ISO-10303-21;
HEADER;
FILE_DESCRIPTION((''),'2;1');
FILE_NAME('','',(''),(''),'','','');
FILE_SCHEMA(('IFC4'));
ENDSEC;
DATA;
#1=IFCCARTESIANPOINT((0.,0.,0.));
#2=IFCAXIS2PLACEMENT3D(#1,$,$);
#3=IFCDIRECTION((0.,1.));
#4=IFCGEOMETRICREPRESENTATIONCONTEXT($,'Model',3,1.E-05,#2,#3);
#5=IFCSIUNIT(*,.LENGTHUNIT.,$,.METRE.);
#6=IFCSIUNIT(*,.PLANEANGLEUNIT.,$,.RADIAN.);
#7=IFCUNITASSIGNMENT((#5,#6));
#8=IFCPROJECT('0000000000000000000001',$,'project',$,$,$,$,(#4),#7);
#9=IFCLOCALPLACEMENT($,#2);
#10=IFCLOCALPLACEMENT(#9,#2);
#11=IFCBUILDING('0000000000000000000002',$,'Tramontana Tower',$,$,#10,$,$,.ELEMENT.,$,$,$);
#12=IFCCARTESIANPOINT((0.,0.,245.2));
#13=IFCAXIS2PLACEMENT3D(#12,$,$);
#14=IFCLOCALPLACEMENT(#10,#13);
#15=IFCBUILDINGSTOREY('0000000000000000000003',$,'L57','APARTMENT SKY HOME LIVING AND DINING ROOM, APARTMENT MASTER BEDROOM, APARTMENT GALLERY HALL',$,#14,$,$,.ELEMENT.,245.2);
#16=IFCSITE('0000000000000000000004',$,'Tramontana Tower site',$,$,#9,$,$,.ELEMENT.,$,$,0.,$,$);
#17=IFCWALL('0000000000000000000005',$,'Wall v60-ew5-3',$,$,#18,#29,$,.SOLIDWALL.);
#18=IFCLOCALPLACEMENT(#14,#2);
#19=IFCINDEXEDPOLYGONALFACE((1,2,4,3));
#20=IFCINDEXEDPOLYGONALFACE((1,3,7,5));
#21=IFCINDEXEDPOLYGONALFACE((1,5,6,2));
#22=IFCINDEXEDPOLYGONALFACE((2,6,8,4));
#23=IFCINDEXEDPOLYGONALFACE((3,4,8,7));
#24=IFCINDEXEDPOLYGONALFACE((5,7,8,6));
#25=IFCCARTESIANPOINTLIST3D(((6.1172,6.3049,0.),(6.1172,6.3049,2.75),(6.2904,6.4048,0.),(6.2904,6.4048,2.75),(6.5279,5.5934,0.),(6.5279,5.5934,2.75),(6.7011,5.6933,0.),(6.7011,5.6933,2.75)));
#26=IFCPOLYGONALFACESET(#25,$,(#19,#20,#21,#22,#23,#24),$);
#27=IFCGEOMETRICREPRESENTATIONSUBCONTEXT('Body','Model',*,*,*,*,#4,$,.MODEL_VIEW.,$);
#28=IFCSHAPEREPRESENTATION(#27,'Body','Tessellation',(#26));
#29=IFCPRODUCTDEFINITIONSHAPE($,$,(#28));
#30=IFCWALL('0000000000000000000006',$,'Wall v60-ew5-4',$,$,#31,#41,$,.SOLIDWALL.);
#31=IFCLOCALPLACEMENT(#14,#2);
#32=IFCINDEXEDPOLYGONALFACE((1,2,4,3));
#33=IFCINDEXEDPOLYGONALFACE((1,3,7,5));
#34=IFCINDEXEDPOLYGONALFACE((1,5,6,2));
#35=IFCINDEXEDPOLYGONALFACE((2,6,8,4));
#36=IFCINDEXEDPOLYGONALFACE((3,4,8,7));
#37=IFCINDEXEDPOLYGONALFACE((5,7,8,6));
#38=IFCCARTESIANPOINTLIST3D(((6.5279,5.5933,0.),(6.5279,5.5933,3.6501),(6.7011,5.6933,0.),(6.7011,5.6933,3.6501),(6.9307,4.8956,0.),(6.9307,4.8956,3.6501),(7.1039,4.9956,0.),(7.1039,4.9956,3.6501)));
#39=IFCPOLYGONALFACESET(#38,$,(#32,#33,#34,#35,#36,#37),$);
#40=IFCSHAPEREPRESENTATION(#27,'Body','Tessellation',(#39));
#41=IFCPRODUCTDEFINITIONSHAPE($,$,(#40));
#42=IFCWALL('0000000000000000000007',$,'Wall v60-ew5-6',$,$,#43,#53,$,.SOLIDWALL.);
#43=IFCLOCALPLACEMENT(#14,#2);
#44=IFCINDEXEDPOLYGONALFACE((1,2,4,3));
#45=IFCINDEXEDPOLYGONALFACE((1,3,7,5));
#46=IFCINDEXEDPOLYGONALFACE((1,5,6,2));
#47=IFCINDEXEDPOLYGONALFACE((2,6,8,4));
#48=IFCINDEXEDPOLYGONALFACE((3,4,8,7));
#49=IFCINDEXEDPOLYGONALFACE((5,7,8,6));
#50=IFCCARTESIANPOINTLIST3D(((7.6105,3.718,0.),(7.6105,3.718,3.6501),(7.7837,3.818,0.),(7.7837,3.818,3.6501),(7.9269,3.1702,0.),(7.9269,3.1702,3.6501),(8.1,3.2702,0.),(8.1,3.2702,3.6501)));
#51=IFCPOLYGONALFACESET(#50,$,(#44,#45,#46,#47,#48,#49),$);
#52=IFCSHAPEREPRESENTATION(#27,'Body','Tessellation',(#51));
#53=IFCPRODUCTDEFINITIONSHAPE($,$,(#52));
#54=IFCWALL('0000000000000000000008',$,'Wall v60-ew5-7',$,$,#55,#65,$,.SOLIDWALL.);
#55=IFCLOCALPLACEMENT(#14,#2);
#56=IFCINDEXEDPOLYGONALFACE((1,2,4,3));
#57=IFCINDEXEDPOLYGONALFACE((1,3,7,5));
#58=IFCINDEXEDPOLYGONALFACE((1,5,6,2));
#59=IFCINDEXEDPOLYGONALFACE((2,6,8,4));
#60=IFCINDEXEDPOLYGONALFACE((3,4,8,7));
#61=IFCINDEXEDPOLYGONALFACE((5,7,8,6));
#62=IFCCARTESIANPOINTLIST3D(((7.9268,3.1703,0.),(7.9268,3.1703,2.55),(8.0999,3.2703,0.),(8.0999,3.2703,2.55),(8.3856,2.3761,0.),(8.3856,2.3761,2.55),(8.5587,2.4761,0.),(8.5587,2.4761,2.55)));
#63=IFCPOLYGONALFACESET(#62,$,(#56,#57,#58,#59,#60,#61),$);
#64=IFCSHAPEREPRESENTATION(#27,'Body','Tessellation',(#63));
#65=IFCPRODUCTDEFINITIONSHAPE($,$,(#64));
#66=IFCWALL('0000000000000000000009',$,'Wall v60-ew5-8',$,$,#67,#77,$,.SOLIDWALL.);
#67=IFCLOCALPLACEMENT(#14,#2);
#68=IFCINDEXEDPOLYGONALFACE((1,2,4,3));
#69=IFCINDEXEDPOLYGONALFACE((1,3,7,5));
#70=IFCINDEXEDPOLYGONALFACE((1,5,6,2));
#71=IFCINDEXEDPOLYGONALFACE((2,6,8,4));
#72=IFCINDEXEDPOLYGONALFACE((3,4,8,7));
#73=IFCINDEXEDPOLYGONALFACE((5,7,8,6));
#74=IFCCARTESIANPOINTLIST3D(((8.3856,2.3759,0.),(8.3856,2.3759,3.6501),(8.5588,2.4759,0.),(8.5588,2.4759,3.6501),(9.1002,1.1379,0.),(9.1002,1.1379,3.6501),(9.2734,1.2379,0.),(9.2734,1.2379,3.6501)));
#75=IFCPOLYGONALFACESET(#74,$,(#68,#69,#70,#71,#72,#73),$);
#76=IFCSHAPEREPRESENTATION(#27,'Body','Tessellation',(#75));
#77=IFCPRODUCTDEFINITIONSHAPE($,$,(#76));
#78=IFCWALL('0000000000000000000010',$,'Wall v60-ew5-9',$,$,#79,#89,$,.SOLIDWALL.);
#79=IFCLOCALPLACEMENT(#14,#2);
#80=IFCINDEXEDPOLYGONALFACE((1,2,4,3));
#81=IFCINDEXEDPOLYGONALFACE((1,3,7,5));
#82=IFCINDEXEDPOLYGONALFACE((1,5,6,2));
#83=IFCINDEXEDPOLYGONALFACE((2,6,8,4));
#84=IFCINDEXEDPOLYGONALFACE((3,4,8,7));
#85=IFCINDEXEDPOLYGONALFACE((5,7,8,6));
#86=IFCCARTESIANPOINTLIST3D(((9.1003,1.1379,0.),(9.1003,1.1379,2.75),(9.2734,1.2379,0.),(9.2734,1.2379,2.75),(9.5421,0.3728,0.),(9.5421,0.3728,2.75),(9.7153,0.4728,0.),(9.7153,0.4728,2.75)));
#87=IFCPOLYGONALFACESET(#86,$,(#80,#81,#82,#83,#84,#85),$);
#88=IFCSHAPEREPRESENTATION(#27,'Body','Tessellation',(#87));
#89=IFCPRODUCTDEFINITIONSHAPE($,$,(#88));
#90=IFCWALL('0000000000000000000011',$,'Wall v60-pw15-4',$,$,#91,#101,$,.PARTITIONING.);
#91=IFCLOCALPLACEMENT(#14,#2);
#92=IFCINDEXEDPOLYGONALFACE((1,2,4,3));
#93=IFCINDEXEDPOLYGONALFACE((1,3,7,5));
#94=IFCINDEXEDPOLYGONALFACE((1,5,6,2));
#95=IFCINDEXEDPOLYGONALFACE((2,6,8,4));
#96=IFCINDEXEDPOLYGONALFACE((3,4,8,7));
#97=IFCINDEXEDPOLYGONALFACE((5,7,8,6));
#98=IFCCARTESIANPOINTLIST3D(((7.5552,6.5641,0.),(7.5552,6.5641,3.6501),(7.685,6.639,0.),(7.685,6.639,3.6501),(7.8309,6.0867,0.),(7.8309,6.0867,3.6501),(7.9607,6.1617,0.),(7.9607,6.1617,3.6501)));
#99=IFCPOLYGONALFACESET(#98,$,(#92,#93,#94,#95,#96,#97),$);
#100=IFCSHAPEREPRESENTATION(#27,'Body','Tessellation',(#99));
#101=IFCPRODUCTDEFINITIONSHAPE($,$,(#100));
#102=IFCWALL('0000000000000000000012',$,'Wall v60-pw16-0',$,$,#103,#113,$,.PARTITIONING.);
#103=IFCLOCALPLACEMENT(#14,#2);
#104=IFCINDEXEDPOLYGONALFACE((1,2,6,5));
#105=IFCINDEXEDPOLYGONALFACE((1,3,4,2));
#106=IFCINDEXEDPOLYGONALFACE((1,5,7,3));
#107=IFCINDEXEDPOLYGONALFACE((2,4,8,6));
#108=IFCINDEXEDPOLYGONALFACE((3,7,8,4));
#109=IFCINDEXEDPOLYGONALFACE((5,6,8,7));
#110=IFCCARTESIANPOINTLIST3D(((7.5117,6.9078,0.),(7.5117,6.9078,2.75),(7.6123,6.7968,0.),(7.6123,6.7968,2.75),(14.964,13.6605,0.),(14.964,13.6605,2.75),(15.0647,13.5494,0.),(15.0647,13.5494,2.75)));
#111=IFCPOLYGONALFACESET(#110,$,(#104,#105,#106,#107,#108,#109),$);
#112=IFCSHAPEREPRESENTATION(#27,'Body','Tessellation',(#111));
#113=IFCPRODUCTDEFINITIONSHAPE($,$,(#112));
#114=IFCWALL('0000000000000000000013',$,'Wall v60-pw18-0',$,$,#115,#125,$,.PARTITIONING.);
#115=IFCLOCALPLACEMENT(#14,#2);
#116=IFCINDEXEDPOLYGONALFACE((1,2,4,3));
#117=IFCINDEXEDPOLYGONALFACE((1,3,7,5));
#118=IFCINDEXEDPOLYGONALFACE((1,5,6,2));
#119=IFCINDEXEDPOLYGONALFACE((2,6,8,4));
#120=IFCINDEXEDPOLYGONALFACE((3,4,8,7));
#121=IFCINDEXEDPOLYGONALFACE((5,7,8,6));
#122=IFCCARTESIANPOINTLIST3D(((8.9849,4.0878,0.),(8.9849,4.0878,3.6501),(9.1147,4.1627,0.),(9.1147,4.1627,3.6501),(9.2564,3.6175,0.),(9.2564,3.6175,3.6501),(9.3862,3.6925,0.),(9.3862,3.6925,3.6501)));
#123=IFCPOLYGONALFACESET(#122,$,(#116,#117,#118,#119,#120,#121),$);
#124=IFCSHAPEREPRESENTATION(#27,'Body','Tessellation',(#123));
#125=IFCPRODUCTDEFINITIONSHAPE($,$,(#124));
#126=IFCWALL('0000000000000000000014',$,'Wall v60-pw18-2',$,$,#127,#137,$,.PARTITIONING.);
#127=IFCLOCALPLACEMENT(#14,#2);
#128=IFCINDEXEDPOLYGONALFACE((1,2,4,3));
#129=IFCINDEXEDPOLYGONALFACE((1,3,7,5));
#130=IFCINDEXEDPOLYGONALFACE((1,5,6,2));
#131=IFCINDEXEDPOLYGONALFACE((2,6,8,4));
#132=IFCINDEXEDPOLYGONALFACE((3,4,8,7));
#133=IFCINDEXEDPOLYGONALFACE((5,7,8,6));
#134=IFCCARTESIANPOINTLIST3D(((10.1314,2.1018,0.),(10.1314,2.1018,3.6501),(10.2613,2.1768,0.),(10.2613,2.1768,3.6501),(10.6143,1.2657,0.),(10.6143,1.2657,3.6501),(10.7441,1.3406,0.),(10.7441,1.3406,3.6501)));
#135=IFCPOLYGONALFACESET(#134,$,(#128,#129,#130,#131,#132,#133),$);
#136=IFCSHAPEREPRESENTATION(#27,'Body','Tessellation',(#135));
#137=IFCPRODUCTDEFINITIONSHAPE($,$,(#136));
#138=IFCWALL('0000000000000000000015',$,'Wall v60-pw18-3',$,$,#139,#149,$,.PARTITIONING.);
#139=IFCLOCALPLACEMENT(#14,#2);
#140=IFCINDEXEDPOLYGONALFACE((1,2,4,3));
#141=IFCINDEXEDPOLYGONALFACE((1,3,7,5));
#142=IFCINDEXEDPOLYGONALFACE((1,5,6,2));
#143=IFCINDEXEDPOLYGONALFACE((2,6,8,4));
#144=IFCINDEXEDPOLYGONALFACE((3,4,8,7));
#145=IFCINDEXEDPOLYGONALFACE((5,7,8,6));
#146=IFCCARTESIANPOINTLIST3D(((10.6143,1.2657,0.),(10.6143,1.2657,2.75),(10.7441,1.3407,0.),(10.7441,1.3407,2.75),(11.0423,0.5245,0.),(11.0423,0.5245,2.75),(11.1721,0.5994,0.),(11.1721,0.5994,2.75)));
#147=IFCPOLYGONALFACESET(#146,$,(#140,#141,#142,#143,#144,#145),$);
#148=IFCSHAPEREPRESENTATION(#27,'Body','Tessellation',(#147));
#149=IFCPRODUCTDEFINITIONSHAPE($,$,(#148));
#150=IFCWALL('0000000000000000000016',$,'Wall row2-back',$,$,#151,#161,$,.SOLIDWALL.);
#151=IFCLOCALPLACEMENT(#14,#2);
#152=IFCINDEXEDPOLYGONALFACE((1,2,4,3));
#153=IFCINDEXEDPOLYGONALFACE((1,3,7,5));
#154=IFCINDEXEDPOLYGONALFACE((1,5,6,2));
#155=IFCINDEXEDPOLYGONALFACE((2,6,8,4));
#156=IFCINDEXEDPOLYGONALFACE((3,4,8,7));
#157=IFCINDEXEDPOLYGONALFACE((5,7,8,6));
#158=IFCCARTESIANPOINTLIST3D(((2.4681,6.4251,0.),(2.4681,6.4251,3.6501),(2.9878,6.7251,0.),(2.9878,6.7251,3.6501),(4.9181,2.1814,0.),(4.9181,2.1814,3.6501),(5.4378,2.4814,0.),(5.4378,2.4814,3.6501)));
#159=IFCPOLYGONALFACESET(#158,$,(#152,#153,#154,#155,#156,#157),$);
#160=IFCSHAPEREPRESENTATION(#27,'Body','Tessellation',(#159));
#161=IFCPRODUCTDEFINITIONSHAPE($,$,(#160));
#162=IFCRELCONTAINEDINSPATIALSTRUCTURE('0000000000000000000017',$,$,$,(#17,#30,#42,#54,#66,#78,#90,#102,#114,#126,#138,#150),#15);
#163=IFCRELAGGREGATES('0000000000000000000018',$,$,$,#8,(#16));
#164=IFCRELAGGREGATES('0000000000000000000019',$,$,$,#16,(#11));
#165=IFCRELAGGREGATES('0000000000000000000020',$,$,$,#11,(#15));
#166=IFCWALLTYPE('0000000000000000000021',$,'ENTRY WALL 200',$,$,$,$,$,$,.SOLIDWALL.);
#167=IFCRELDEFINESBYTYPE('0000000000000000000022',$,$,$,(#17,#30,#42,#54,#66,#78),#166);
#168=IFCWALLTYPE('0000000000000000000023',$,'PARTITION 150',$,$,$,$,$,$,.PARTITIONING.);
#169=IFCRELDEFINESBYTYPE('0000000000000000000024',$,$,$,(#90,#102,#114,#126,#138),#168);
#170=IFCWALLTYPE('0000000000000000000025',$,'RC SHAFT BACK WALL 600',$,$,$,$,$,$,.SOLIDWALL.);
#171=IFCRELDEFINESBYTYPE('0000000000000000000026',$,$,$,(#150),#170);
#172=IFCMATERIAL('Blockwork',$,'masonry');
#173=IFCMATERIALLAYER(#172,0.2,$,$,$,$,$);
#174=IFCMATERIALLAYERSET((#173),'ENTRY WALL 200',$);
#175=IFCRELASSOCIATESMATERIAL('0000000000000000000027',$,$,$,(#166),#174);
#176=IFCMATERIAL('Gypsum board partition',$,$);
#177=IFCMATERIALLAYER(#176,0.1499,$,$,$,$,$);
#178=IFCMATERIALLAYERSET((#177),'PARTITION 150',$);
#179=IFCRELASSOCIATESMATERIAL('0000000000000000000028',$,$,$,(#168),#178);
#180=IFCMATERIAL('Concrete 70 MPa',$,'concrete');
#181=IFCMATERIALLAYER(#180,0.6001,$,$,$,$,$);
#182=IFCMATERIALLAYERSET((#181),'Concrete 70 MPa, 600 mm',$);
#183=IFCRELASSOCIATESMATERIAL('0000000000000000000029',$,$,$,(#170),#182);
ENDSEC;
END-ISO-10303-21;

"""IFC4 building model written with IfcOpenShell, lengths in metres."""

from ifc_helpers import new_model, si_unit, direction, frame, frame_2d, origin, place, context, subcontext, project, spatial, rectangle, extrude, material, layer, layer_set, type_object, element, save


model = new_model("IFC4")

# Units and contexts
model_context = context("Model", 3, precision=1e-05, world=origin(), true_north=direction((0.0, 1.0)))
body_context = subcontext(model_context, "Body", "Model", "MODEL_VIEW")
ifc_project = project(units=[si_unit("LENGTHUNIT", "METRE"), si_unit("PLANEANGLEUNIT", "RADIAN")], contexts=[model_context])

# Site, building, storey
site_placement = place(None, origin())
site = spatial("IfcSite", under=ifc_project, at=site_placement, Name="Tramontana Tower site", CompositionType="ELEMENT", RefElevation=0.0)
building_placement = place(site_placement, origin())
building = spatial("IfcBuilding", under=site, at=building_placement, Name="Tramontana Tower", CompositionType="ELEMENT")
storey_placement = place(building_placement, frame((0.0, 0.0, 245.2)))
storey = spatial("IfcBuildingStorey", under=building, at=storey_placement, Name="L57", Description="APARTMENT SKY HOME LIVING AND DINING ROOM, APARTMENT MASTER BEDROOM, APARTMENT GALLERY HALL", CompositionType="ELEMENT", Elevation=245.2)

# Walls
ifc_material_1 = material(Name="Blockwork", Category="masonry")
ifc_layer_1 = layer(ifc_material_1, 0.2)
ifc_layer_set_1 = layer_set([ifc_layer_1], Name="ENTRY WALL 200")
wall_type_1 = type_object("IfcWallType", Name="ENTRY WALL 200", PredefinedType="SOLIDWALL", material=ifc_layer_set_1)
wall_1_placement = place(storey_placement, frame((6.2039, 6.3547, 0.0), z_axis=(0.0, 0.0, 1.0), x_axis=(0.499911, -0.866077, 0.0)))
element("IfcWall", 1, at=wall_1_placement, inside=storey, type_object=wall_type_1, Name="Wall v60-ew5-3", PredefinedType="SOLIDWALL", context=body_context, shape_type="SweptSolid", body=[
    extrude(rectangle(XDim=0.8215, YDim=0.2, at=frame_2d((0.4106, 0.0))), origin(), (0.0, 0.0, 1.0), 2.75),
])
wall_2_placement = place(storey_placement, frame((6.6145, 5.6433, 0.0), z_axis=(0.0, 0.0, 1.0), x_axis=(0.499985, -0.866034, 0.0)))
element("IfcWall", 2, at=wall_2_placement, inside=storey, type_object=wall_type_1, Name="Wall v60-ew5-4", PredefinedType="SOLIDWALL", context=body_context, shape_type="SweptSolid", body=[
    extrude(rectangle(XDim=0.8057, YDim=0.2, at=frame_2d((0.4028, 0.0))), origin(), (0.0, 0.0, 1.0), 3.6501),
])

# Walls
wall_3_placement = place(storey_placement, frame((7.697, 3.7681, 0.0), z_axis=(0.0, 0.0, 1.0), x_axis=(0.500123, -0.865954, 0.0)))
element("IfcWall", 3, at=wall_3_placement, inside=storey, type_object=wall_type_1, Name="Wall v60-ew5-6", PredefinedType="SOLIDWALL", context=body_context, shape_type="SweptSolid", body=[
    extrude(rectangle(XDim=0.6326, YDim=0.2, at=frame_2d((0.3164, 0.0))), origin(), (0.0, 0.0, 1.0), 3.6501),
])
wall_4_placement = place(storey_placement, frame((8.0134, 3.2202, 0.0), z_axis=(0.0, 0.0, 1.0), x_axis=(0.500176, -0.865924, 0.0)))
element("IfcWall", 4, at=wall_4_placement, inside=storey, type_object=wall_type_1, Name="Wall v60-ew5-7", PredefinedType="SOLIDWALL", context=body_context, shape_type="SweptSolid", body=[
    extrude(rectangle(XDim=0.9172, YDim=0.2, at=frame_2d((0.4585, 0.0))), origin(), (0.0, 0.0, 1.0), 2.55),
])
wall_5_placement = place(storey_placement, frame((8.4722, 2.426, 0.0), z_axis=(0.0, 0.0, 1.0), x_axis=(0.499905, -0.86608, 0.0)))
element("IfcWall", 5, at=wall_5_placement, inside=storey, type_object=wall_type_1, Name="Wall v60-ew5-8", PredefinedType="SOLIDWALL", context=body_context, shape_type="SweptSolid", body=[
    extrude(rectangle(XDim=1.4294, YDim=0.2, at=frame_2d((0.7148, 0.0))), origin(), (0.0, 0.0, 1.0), 3.6501),
])
wall_6_placement = place(storey_placement, frame((9.1868, 1.188, 0.0), z_axis=(0.0, 0.0, 1.0), x_axis=(0.500121, -0.865955, 0.0)))
element("IfcWall", 6, at=wall_6_placement, inside=storey, type_object=wall_type_1, Name="Wall v60-ew5-9", PredefinedType="SOLIDWALL", context=body_context, shape_type="SweptSolid", body=[
    extrude(rectangle(XDim=0.8835, YDim=0.2, at=frame_2d((0.4419, 0.0))), origin(), (0.0, 0.0, 1.0), 2.75),
])
ifc_material_2 = material(Name="Gypsum board partition")
ifc_layer_2 = layer(ifc_material_2, 0.1499)
ifc_layer_set_2 = layer_set([ifc_layer_2], Name="PARTITION 150")
wall_type_2 = type_object("IfcWallType", Name="PARTITION 150", PredefinedType="PARTITIONING", material=ifc_layer_set_2)
wall_7_placement = place(storey_placement, frame((7.6201, 6.6016, 0.0), z_axis=(0.0, 0.0, 1.0), x_axis=(0.500093, -0.865972, 0.0)))
element("IfcWall", 7, at=wall_7_placement, inside=storey, type_object=wall_type_2, Name="Wall v60-pw15-4", PredefinedType="PARTITIONING", context=body_context, shape_type="SweptSolid", body=[
    extrude(rectangle(XDim=0.5513, YDim=0.1499, at=frame_2d((0.2756, 0.0))), origin(), (0.0, 0.0, 1.0), 3.6501),
])
wall_8_placement = place(storey_placement, frame((7.562, 6.8523, 0.0), z_axis=(0.0, 0.0, 1.0), x_axis=(0.741039, 0.671462, 0.0)))
element("IfcWall", 8, at=wall_8_placement, inside=storey, type_object=wall_type_2, Name="Wall v60-pw16-0", PredefinedType="PARTITIONING", context=body_context, shape_type="SweptSolid", body=[
    extrude(rectangle(XDim=10.0566, YDim=0.1499, at=frame_2d((5.0283, 0.0))), origin(), (0.0, 0.0, 1.0), 2.75),
])

# Wall
wall_9_placement = place(storey_placement, frame((9.0498, 4.1252, 0.0), z_axis=(0.0, 0.0, 1.0), x_axis=(0.500008, -0.866021, 0.0)))
element("IfcWall", 9, at=wall_9_placement, inside=storey, type_object=wall_type_2, Name="Wall v60-pw18-0", PredefinedType="PARTITIONING", context=body_context, shape_type="SweptSolid", body=[
    extrude(rectangle(XDim=0.543, YDim=0.1499, at=frame_2d((0.2715, 0.0))), origin(), (0.0, 0.0, 1.0), 3.6501),
])

# Walls
wall_10_placement = place(storey_placement, frame((10.1963, 2.1394, 0.0), z_axis=(0.0, 0.0, 1.0), x_axis=(0.500109, -0.865962, 0.0)))
element("IfcWall", 10, at=wall_10_placement, inside=storey, type_object=wall_type_2, Name="Wall v60-pw18-2", PredefinedType="PARTITIONING", context=body_context, shape_type="SweptSolid", body=[
    extrude(rectangle(XDim=0.9656, YDim=0.1499, at=frame_2d((0.4829, 0.0))), origin(), (0.0, 0.0, 1.0), 3.6501),
])
wall_11_placement = place(storey_placement, frame((10.6792, 1.3032, 0.0), z_axis=(0.0, 0.0, 1.0), x_axis=(0.500035, -0.866005, 0.0)))
element("IfcWall", 11, at=wall_11_placement, inside=storey, type_object=wall_type_2, Name="Wall v60-pw18-3", PredefinedType="PARTITIONING", context=body_context, shape_type="SweptSolid", body=[
    extrude(rectangle(XDim=0.856, YDim=0.1499, at=frame_2d((0.428, 0.0))), origin(), (0.0, 0.0, 1.0), 2.75),
])
ifc_material_3 = material(Name="Concrete 70 MPa", Category="concrete")
ifc_layer_3 = layer(ifc_material_3, 0.6001)
ifc_layer_set_3 = layer_set([ifc_layer_3], Name="Concrete 70 MPa, 600 mm")
wall_type_3 = type_object("IfcWallType", Name="RC SHAFT BACK WALL 600", PredefinedType="SOLIDWALL", material=ifc_layer_set_3)
wall_12_placement = place(storey_placement, frame((5.178, 2.3313, 0.0), z_axis=(0.0, 0.0, 1.0), x_axis=(-0.499981, 0.866036, 0.0)))
element("IfcWall", 12, at=wall_12_placement, inside=storey, type_object=wall_type_3, Name="Wall row2-back", PredefinedType="SOLIDWALL", context=body_context, shape_type="SweptSolid", body=[
    extrude(rectangle(XDim=4.9001, YDim=0.6001, at=frame_2d((2.4502, 0.0))), origin(), (0.0, 0.0, 1.0), 3.6501),
])

save(model, "model.ifc")
